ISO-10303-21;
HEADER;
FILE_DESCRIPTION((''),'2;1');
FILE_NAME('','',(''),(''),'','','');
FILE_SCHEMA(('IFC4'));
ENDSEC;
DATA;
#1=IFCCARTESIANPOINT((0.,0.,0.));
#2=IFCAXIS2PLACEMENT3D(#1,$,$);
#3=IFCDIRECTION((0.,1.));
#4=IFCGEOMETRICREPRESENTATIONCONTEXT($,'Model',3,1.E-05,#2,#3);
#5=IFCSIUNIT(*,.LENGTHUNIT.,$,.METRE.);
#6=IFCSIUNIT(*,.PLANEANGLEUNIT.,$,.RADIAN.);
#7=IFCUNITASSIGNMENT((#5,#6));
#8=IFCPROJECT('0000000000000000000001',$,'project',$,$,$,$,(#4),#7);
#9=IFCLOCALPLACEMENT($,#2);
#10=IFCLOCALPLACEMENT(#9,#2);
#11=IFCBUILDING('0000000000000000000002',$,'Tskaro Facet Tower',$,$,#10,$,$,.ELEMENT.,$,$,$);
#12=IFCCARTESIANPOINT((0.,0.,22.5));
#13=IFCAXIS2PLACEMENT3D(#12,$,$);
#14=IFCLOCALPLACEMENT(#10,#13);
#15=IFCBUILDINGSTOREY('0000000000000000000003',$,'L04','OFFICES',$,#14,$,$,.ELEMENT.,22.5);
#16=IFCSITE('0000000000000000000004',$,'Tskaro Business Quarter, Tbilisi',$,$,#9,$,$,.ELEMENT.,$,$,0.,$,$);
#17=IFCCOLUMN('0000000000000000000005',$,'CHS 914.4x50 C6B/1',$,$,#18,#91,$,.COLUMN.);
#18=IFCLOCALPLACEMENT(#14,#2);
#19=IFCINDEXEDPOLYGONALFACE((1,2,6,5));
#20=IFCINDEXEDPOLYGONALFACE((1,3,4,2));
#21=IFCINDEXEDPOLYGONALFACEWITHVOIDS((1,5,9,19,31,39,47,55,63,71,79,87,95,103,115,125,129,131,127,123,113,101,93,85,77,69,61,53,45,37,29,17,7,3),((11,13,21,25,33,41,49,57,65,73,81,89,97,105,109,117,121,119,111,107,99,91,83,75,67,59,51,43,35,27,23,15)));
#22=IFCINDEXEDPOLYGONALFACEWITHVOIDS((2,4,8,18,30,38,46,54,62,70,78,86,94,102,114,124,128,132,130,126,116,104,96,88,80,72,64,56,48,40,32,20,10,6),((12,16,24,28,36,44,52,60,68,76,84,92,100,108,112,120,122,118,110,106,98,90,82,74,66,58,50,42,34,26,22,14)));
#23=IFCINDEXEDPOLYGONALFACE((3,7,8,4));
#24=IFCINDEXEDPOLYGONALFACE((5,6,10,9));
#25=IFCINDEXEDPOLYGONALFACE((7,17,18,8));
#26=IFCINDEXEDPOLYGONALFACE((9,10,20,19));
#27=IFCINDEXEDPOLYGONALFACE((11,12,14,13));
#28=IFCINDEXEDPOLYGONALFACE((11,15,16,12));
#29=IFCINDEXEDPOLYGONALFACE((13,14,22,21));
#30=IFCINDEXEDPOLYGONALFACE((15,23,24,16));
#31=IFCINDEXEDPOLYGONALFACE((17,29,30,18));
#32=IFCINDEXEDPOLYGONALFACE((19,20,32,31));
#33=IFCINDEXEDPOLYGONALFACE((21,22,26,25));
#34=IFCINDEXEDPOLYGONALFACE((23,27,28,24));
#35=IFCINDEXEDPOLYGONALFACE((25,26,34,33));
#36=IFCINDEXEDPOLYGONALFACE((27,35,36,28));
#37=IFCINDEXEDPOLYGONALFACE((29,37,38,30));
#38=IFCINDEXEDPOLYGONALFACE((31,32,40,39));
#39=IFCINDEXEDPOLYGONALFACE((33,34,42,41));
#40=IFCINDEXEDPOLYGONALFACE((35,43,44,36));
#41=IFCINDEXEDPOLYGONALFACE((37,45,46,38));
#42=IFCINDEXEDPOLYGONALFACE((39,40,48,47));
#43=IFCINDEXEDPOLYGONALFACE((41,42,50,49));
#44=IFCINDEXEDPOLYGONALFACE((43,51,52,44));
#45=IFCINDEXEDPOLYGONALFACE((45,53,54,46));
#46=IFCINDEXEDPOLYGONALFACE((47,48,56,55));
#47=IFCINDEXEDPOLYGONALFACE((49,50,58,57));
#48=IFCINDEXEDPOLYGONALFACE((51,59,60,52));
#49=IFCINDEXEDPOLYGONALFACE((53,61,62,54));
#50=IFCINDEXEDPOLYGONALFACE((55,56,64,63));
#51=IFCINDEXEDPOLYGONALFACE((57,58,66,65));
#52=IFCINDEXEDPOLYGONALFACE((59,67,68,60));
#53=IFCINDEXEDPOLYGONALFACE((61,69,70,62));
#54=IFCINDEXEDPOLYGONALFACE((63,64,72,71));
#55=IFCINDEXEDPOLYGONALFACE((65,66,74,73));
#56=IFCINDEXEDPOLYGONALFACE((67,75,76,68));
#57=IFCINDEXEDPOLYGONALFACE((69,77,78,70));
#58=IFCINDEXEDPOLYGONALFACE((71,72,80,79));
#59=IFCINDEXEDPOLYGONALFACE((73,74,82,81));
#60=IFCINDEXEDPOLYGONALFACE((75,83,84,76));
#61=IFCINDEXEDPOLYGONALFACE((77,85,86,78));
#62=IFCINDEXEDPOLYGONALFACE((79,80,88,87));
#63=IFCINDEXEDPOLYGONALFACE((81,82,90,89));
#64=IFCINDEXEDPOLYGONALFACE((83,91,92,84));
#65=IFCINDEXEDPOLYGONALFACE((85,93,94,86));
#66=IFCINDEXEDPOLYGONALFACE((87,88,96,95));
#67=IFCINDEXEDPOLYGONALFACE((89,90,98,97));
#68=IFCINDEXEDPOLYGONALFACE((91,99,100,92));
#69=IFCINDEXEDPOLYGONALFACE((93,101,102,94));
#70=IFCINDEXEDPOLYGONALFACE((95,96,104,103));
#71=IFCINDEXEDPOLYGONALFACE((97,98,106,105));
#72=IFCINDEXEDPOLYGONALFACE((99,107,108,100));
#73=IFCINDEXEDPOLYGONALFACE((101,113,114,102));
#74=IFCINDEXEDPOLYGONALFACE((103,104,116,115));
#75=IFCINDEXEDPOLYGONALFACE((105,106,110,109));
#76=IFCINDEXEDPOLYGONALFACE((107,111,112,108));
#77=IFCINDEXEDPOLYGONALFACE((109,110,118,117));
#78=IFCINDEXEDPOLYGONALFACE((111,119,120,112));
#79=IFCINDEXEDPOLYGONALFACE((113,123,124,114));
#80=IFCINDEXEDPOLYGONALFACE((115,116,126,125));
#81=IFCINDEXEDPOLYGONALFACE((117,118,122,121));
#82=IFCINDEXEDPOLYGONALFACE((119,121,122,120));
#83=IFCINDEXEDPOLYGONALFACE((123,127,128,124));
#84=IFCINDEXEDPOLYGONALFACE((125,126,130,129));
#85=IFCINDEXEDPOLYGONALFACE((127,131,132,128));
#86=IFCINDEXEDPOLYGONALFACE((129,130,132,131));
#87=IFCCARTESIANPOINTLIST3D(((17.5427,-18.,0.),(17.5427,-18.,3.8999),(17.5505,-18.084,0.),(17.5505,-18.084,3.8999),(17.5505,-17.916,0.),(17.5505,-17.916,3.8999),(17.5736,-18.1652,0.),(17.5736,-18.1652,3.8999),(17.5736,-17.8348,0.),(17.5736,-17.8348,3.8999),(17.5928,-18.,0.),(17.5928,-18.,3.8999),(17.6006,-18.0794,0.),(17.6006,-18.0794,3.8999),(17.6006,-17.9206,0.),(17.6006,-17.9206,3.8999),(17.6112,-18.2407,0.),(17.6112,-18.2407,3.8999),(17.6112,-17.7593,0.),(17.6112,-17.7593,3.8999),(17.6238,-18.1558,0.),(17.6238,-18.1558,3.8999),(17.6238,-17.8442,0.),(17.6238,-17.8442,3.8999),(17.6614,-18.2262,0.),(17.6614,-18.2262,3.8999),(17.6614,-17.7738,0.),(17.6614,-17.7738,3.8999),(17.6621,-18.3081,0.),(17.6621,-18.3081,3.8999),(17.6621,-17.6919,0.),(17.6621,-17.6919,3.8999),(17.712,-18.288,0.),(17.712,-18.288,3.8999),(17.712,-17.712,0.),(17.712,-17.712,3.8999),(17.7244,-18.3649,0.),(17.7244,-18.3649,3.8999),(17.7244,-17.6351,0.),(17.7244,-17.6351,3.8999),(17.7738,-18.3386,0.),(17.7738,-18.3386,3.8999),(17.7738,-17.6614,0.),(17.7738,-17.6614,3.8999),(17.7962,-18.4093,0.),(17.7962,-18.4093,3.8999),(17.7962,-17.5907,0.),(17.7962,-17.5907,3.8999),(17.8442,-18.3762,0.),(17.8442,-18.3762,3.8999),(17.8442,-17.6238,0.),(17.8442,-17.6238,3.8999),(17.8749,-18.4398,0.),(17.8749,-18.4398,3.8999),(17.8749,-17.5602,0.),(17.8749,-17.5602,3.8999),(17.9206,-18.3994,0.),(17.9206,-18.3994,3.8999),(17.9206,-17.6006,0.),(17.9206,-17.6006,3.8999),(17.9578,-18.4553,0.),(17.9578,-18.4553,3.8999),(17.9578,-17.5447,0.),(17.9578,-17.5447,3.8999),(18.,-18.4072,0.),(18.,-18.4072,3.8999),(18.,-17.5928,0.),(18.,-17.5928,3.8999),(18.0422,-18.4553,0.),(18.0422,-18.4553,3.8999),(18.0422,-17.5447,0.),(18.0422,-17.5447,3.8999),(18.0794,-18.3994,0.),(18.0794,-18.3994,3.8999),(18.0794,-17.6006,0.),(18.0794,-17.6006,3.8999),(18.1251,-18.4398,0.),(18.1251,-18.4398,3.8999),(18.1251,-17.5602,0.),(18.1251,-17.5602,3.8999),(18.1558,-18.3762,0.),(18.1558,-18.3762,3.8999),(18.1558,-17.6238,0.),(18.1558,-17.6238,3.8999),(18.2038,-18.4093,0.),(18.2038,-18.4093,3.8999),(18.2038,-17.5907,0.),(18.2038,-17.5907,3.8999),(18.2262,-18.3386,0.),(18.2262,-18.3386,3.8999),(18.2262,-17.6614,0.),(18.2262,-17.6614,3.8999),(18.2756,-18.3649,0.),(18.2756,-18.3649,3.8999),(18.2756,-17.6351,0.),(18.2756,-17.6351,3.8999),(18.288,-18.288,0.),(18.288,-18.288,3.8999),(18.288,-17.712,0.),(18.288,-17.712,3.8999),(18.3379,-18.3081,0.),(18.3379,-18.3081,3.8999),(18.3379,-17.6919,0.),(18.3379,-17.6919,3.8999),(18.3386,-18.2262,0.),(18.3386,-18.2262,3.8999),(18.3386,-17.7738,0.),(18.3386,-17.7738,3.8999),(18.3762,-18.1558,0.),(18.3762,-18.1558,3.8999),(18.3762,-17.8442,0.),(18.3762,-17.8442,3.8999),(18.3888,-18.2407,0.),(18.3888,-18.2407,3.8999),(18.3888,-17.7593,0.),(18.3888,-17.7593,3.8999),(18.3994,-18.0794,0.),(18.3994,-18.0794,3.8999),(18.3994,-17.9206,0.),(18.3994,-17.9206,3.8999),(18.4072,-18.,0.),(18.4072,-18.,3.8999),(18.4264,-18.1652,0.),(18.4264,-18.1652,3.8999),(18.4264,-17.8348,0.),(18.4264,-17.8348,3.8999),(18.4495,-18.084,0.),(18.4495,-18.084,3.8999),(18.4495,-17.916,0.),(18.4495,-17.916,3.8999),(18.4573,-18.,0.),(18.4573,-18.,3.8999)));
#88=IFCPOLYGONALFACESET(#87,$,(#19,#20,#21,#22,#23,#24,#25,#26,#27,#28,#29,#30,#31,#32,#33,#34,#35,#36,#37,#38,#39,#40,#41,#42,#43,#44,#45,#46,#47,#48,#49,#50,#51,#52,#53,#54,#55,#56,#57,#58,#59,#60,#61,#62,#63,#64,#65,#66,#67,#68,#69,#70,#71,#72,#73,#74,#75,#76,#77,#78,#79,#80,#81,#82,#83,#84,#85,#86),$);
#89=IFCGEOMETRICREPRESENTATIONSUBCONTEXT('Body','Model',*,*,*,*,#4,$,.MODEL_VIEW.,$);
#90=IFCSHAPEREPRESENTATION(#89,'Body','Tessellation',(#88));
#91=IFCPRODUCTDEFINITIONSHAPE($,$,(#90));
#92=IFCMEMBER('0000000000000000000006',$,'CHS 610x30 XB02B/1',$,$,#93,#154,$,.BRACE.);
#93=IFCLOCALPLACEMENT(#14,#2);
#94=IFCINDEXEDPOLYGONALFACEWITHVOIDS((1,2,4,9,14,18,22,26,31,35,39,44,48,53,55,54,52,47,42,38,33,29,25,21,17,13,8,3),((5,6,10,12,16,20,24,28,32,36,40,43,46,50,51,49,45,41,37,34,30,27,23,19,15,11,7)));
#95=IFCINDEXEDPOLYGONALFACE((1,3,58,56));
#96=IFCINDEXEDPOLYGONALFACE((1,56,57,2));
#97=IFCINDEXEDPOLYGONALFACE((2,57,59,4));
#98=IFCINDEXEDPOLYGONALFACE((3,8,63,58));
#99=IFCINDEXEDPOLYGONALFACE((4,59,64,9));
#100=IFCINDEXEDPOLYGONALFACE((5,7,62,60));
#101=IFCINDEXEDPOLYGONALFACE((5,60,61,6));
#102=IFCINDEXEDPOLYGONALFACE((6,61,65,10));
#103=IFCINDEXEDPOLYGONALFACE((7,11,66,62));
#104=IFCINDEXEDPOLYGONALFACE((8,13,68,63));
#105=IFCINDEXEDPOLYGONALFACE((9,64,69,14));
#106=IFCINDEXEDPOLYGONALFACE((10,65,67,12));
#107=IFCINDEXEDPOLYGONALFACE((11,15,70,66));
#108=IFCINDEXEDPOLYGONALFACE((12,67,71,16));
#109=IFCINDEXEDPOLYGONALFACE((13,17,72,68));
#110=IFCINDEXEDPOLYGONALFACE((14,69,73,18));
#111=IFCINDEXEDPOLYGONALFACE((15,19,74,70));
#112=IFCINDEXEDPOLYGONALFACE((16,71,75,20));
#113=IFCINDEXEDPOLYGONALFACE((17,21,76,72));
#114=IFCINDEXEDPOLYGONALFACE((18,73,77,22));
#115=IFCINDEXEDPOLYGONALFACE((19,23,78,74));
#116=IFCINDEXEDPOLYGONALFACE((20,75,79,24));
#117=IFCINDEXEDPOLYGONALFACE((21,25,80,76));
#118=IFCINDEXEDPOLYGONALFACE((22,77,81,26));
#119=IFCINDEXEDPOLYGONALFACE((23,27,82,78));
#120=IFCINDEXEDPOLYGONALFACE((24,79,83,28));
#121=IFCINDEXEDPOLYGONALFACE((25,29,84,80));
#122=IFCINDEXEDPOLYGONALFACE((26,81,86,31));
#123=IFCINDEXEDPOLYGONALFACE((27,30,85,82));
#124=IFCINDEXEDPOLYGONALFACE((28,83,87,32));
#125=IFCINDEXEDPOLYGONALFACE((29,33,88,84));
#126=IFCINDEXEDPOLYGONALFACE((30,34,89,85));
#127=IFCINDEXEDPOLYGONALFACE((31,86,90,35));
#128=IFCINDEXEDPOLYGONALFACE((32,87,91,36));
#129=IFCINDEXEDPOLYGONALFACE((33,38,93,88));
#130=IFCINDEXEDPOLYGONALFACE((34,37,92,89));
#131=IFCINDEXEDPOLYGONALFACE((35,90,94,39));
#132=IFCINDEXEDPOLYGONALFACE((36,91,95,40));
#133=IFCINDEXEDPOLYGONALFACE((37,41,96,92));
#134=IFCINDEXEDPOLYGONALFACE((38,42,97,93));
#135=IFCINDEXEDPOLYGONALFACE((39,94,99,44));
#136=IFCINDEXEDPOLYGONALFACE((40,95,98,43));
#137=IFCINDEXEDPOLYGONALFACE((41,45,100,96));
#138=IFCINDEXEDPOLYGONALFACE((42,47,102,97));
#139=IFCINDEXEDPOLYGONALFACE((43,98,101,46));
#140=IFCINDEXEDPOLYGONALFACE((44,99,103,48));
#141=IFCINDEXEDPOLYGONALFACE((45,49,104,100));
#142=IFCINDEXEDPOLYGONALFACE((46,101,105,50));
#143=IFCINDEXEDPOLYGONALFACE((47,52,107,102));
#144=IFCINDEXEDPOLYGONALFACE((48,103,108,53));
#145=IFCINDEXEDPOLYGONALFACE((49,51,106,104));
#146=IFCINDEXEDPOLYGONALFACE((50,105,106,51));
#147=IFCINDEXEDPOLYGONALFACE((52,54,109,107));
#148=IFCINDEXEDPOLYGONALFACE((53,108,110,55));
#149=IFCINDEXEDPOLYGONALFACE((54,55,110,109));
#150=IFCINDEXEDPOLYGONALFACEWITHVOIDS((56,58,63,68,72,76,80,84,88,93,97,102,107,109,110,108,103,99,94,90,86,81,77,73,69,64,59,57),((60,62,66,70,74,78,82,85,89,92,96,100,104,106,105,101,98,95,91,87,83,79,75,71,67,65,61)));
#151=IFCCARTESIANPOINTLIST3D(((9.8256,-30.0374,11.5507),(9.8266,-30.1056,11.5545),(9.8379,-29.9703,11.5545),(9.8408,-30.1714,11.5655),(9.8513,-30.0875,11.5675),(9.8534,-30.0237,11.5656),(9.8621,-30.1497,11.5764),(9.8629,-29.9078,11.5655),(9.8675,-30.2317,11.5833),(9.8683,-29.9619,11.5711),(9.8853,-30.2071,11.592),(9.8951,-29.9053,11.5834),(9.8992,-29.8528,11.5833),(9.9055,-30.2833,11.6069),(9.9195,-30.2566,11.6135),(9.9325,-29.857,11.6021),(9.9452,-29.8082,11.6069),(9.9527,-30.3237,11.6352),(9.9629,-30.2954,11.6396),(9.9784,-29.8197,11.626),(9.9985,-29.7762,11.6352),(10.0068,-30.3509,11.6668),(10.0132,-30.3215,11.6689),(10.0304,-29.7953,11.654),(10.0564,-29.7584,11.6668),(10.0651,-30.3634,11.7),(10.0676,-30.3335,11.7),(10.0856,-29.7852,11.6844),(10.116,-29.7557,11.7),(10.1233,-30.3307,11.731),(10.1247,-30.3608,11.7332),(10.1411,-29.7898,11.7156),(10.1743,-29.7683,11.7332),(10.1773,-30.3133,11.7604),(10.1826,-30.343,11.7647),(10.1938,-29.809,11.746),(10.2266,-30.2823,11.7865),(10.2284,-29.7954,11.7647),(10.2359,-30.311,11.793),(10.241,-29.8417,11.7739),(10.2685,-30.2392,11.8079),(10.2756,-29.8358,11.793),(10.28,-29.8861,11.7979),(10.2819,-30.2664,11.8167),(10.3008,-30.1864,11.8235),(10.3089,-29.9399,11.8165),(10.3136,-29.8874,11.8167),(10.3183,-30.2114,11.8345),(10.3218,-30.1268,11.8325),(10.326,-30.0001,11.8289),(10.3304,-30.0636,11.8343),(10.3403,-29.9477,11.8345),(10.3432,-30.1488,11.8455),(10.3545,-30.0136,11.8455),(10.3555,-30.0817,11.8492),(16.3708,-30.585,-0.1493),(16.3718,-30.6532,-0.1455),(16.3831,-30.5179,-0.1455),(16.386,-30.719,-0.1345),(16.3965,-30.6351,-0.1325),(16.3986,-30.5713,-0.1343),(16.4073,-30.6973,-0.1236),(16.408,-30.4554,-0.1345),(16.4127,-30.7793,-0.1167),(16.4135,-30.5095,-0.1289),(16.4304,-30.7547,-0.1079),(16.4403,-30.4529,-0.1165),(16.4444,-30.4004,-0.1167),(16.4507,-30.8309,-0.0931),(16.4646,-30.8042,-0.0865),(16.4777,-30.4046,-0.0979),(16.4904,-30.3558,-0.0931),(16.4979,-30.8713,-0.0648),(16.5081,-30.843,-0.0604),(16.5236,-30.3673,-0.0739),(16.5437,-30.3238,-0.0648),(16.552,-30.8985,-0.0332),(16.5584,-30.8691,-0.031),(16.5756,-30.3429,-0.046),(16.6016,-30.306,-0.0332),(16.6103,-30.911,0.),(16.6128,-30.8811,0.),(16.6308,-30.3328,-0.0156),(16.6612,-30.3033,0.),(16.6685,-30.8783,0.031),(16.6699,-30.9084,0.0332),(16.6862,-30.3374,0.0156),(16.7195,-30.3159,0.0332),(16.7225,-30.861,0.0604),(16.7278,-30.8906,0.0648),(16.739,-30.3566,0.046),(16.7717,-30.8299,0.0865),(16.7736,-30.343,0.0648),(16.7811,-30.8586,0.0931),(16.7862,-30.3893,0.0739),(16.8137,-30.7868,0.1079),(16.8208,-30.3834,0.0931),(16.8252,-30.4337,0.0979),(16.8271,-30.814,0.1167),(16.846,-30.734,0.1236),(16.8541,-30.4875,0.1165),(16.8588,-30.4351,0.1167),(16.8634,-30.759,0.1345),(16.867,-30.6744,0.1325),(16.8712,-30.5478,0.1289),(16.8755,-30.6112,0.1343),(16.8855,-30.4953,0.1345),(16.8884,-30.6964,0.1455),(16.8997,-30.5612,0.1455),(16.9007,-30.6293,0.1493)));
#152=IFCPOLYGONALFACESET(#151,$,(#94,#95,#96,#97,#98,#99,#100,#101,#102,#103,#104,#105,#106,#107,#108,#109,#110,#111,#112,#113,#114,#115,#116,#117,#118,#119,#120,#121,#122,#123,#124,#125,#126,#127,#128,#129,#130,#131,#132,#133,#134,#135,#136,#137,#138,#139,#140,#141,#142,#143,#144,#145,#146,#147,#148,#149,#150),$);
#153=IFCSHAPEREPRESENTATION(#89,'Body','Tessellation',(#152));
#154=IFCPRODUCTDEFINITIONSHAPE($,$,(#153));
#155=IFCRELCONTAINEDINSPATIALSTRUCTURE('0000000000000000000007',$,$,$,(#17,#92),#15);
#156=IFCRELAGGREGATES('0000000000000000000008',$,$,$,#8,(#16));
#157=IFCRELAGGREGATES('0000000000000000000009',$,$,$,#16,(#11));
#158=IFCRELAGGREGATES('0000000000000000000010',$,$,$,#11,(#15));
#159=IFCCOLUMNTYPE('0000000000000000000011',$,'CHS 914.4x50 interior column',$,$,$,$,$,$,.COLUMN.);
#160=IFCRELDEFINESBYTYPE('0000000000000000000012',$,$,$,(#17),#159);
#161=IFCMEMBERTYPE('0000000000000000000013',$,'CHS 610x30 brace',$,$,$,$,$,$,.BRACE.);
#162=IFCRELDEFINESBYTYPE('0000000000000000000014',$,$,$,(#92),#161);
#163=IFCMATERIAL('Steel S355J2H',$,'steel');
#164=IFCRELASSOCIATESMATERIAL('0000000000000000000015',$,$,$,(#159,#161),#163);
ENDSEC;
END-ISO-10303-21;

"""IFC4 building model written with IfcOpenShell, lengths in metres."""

from ifc_helpers import new_model, si_unit, direction, frame, origin, origin_2d, place, context, subcontext, project, spatial, hollow_circle, extrude, material, material_profile, profile_set, type_object, element, save


model = new_model("IFC4")

# Units and contexts
model_context = context("Model", 3, precision=1e-05, world=origin(), true_north=direction((0.0, 1.0)))
body_context = subcontext(model_context, "Body", "Model", "MODEL_VIEW")
ifc_project = project(units=[si_unit("LENGTHUNIT", "METRE"), si_unit("PLANEANGLEUNIT", "RADIAN")], contexts=[model_context])

# Site, building, storey
site_placement = place(None, origin())
site = spatial("IfcSite", under=ifc_project, at=site_placement, Name="Tskaro Business Quarter, Tbilisi", CompositionType="ELEMENT", RefElevation=0.0)
building_placement = place(site_placement, origin())
building = spatial("IfcBuilding", under=site, at=building_placement, Name="Tskaro Facet Tower", CompositionType="ELEMENT")
storey_placement = place(building_placement, frame((0.0, 0.0, 22.5)))
storey = spatial("IfcBuildingStorey", under=building, at=storey_placement, Name="L04", Description="OFFICES", CompositionType="ELEMENT", Elevation=22.5)

# Column
ifc_material_1 = material(Name="Steel S355J2H", Category="steel")
ifc_material_profile_1 = material_profile(ifc_material_1, hollow_circle(Radius=0.4573, WallThickness=0.05, at=origin_2d()), Name="CHS 914.4x50")
ifc_profile_set_1 = profile_set([ifc_material_profile_1], Name="Steel S355J2H")
column_type_1 = type_object("IfcColumnType", Name="CHS 914.4x50 interior column", PredefinedType="COLUMN", material=ifc_profile_set_1)
column_placement = place(storey_placement, frame((18.0, -18.0, 0.0), z_axis=(0.0, 0.0, 1.0), x_axis=(1.0, 0.0, 0.0)))
element("IfcColumn", 1, at=column_placement, inside=storey, type_object=column_type_1, Name="CHS 914.4x50 C6B/1", PredefinedType="COLUMN", context=body_context, shape_type="SweptSolid", body=[
    extrude(hollow_circle(Radius=0.4573, WallThickness=0.05, at=origin_2d()), origin(), (0.0, 0.0, 1.0), 3.8999),
])

# Member
ifc_material_profile_2 = material_profile(ifc_material_1, hollow_circle(Radius=0.3049, WallThickness=0.03, at=origin_2d()), Name="CHS 610x30")
ifc_profile_set_2 = profile_set([ifc_material_profile_2], Name="Steel S355J2H")
member_type_1 = type_object("IfcMemberType", Name="CHS 610x30 brace", PredefinedType="BRACE", material=ifc_profile_set_2)
member_1_placement = place(storey_placement, frame((16.6357, -30.6072, 0.0), z_axis=(-0.48781, 0.040813, 0.871995), x_axis=(-0.083375, -0.996518, 0.0)))
element("IfcMember", 2, at=member_1_placement, inside=storey, type_object=member_type_1, Name="CHS 610x30 XB02B/1", PredefinedType="BRACE", context=body_context, shape_type="SweptSolid", body=[
    extrude(hollow_circle(Radius=0.3049, WallThickness=0.03, at=origin_2d()), origin(), (0.0, 0.0, 1.0), 13.4175),
])

save(model, "model.ifc")
